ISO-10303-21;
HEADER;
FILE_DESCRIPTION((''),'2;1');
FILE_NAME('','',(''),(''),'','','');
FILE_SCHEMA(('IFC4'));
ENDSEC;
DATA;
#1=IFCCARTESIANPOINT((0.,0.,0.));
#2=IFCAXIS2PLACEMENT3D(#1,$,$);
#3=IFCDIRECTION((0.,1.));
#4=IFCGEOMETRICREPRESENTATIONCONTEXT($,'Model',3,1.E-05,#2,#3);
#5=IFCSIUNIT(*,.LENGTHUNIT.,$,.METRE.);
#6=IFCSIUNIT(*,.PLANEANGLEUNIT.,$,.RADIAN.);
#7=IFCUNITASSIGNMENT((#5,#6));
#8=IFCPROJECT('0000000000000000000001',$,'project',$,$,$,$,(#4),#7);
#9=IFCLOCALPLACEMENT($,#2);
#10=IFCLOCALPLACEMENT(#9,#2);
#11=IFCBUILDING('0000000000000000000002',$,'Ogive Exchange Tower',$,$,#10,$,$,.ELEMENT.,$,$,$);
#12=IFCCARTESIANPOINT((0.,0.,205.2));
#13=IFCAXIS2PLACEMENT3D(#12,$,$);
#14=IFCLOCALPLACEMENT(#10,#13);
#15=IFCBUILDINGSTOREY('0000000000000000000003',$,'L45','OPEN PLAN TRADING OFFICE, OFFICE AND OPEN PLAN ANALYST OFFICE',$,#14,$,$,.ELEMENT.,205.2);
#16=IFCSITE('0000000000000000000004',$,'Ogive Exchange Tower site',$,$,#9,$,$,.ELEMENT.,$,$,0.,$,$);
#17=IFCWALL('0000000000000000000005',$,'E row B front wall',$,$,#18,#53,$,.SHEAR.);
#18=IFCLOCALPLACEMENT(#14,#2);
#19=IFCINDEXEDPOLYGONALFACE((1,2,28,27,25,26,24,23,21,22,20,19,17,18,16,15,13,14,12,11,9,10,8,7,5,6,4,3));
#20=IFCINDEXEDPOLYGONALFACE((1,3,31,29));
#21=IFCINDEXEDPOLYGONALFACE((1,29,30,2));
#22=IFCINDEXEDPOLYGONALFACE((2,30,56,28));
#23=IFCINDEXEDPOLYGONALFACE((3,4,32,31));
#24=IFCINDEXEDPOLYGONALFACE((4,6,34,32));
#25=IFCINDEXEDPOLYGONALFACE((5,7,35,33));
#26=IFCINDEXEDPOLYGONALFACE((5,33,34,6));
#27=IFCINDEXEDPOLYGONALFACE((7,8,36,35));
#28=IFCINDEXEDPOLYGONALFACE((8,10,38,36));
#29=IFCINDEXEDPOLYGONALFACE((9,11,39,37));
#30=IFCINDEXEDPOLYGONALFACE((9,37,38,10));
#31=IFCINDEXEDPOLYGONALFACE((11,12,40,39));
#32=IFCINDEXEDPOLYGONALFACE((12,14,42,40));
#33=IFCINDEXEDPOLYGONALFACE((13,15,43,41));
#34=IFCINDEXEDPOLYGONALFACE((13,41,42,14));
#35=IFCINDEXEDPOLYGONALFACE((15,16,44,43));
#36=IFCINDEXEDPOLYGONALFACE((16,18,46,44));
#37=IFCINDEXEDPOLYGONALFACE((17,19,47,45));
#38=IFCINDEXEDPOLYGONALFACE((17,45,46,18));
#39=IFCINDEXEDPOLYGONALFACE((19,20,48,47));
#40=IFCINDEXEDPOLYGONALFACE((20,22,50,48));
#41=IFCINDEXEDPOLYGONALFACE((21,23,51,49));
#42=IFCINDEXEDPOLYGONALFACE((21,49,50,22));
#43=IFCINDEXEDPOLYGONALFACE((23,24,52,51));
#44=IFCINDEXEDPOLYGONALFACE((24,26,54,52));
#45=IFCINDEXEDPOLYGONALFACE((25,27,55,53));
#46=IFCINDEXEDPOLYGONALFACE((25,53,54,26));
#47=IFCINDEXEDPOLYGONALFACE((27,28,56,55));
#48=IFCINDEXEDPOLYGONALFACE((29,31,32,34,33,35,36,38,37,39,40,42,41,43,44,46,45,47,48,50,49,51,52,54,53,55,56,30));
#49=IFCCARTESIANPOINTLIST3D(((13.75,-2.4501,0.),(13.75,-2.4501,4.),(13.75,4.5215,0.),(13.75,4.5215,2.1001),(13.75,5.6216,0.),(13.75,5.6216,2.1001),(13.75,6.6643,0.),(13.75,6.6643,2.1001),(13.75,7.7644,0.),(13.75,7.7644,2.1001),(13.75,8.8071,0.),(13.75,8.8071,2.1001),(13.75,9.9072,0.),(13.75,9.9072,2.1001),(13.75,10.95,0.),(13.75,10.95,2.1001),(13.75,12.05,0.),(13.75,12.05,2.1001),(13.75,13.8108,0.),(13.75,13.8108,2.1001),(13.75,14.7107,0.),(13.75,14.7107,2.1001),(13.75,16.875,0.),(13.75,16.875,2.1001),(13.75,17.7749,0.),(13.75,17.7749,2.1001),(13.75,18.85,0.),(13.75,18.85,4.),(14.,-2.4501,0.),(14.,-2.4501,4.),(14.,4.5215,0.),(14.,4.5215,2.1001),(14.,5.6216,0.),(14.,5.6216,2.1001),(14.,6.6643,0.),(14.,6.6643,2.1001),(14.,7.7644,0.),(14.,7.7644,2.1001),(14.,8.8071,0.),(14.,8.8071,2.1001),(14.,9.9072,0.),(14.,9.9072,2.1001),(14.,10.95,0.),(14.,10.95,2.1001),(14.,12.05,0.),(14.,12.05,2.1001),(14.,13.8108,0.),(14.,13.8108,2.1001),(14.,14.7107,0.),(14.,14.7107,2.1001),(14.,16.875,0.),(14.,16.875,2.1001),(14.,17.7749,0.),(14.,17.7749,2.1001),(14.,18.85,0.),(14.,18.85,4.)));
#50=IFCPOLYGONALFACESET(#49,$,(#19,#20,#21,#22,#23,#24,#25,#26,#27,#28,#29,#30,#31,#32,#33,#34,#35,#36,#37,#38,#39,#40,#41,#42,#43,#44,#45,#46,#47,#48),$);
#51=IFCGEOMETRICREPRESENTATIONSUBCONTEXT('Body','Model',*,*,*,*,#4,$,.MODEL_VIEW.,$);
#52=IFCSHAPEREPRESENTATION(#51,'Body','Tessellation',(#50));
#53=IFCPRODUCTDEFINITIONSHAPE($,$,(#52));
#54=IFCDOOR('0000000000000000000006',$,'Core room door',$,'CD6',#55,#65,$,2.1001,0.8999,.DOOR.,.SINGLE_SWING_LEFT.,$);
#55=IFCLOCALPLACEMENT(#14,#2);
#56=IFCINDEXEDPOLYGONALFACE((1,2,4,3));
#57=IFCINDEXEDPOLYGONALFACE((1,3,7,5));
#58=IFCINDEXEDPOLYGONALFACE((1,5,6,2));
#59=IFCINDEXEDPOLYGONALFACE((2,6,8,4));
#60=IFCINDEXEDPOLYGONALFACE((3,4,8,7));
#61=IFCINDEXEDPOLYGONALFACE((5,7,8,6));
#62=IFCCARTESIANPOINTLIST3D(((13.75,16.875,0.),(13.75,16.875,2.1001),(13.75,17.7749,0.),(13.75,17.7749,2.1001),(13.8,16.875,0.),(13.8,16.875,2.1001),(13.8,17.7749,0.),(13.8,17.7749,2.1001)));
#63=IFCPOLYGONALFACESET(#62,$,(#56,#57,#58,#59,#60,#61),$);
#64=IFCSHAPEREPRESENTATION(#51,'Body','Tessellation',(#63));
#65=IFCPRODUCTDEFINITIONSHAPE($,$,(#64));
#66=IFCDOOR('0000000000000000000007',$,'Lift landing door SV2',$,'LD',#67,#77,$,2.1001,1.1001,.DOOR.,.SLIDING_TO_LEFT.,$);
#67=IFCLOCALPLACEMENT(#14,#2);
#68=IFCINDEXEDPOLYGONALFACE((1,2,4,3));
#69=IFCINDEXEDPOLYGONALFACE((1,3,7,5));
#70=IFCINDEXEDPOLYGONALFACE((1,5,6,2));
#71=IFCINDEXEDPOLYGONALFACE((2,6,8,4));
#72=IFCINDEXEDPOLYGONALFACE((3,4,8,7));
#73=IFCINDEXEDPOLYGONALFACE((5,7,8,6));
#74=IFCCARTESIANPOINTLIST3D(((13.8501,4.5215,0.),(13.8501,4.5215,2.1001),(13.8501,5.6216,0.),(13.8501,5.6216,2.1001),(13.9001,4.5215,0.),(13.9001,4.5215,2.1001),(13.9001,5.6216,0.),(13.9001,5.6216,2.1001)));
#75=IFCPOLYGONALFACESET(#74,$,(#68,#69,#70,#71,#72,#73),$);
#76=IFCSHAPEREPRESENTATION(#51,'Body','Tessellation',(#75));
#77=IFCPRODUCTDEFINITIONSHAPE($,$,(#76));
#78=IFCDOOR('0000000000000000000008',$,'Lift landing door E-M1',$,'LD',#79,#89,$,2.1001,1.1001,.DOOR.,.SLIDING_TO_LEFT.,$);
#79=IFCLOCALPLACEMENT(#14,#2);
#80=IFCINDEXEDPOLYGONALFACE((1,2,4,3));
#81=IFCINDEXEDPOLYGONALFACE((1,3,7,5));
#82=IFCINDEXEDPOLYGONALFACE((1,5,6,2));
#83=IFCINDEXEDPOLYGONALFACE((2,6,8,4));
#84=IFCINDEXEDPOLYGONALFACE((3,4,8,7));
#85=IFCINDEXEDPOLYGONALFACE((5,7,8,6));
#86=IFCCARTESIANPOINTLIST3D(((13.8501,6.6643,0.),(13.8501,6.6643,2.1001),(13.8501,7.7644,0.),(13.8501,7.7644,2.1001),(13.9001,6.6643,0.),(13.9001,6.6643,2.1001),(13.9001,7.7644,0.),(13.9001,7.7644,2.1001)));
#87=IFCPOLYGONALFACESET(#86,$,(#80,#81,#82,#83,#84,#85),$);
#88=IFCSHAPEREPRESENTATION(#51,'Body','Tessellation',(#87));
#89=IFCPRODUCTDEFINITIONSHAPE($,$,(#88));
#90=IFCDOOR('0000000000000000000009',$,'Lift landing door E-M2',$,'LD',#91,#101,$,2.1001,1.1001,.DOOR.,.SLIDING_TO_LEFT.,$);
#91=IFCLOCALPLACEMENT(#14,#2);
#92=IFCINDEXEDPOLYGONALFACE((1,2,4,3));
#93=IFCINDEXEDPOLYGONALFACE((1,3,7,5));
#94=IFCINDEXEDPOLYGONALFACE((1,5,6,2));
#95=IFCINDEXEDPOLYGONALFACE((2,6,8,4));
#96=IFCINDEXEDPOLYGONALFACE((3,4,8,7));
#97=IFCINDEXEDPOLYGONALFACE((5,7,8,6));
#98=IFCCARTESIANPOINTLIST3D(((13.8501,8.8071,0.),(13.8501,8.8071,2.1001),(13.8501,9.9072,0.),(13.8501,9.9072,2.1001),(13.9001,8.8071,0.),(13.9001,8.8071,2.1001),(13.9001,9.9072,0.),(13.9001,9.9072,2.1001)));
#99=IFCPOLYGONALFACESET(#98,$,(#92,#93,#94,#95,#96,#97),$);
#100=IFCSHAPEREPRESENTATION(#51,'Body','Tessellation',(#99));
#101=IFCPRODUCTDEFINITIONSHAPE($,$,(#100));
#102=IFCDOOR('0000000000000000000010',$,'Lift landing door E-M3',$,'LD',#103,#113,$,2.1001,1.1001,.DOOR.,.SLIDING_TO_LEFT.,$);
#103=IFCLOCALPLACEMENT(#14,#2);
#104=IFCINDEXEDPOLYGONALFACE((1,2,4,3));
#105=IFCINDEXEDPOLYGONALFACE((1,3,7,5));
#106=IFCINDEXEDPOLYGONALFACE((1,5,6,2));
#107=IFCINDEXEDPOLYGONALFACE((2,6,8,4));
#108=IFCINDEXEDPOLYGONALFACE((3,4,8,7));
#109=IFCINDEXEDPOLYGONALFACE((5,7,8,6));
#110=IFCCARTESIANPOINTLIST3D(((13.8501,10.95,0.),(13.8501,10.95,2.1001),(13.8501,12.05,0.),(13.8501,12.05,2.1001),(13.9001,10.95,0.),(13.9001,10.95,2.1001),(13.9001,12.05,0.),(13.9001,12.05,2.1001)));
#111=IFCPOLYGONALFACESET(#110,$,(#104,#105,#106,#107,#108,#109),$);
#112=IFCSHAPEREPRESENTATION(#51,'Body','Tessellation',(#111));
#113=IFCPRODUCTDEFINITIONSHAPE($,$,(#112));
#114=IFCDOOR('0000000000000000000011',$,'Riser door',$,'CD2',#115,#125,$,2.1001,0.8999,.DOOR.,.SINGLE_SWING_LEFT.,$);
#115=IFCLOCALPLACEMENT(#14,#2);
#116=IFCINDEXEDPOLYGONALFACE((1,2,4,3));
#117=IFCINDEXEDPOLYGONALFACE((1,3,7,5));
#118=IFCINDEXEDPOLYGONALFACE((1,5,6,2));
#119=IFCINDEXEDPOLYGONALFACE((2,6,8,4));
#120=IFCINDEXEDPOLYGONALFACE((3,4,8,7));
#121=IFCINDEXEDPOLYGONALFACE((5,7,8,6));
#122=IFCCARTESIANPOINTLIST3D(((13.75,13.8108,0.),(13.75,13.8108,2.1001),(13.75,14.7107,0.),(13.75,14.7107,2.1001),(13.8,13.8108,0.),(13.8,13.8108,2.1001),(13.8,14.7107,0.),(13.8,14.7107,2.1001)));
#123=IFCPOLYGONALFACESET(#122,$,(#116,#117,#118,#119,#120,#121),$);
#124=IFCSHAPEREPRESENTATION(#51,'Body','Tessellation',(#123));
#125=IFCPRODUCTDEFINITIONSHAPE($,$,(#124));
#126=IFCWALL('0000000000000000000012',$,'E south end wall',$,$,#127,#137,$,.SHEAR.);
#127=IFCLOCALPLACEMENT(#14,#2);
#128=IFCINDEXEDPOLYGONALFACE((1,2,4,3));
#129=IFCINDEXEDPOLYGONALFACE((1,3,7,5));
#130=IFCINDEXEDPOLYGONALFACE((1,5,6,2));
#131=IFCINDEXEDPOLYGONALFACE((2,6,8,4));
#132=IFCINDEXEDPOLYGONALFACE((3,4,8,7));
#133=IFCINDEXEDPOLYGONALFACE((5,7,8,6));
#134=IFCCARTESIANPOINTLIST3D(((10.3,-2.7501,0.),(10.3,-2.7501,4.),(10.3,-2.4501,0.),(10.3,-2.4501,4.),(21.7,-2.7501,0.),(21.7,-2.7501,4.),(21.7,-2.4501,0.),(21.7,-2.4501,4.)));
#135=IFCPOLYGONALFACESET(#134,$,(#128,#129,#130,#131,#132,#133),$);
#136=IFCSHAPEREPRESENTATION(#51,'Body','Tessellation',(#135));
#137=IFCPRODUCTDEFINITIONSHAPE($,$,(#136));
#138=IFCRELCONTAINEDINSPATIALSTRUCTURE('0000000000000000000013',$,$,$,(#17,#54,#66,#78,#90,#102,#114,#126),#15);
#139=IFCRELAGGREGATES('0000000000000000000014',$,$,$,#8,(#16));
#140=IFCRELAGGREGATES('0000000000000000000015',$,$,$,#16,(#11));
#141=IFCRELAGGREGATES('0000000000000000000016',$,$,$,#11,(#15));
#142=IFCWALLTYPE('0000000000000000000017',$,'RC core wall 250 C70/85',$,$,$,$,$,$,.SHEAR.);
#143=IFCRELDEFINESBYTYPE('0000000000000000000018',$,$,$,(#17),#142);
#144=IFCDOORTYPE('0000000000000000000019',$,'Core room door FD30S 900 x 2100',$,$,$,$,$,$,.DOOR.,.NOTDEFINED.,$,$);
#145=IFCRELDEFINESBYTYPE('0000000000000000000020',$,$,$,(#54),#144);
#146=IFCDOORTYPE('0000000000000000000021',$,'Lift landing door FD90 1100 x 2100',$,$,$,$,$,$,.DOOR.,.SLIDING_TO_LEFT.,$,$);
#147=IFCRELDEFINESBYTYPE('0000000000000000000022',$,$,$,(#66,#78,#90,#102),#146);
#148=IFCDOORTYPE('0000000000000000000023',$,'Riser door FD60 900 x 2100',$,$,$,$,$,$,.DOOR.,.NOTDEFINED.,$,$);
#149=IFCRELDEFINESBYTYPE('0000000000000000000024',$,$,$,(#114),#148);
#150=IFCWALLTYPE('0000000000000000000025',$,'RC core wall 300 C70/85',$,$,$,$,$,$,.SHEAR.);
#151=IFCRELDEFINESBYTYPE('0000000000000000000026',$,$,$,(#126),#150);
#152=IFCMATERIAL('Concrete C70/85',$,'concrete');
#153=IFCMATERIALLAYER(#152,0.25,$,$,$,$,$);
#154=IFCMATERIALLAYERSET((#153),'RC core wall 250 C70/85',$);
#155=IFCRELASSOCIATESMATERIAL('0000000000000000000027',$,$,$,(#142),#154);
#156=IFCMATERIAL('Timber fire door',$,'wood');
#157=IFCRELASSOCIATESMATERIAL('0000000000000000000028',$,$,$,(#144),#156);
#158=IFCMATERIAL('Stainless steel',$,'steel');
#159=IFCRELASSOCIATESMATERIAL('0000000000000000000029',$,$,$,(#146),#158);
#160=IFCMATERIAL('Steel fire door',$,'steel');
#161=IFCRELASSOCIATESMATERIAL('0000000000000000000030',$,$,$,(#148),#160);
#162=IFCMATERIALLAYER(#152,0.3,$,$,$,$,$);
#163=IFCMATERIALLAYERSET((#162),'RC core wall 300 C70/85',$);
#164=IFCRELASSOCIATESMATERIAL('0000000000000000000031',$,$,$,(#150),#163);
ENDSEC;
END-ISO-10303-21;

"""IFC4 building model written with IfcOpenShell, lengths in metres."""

from ifc_helpers import new_model, si_unit, direction, frame, frame_2d, origin, place, context, subcontext, project, spatial, rectangle, extrude, material, layer, layer_set, type_object, element, fill, save


model = new_model("IFC4")

# Units and contexts
model_context = context("Model", 3, precision=1e-05, world=origin(), true_north=direction((0.0, 1.0)))
body_context = subcontext(model_context, "Body", "Model", "MODEL_VIEW")
ifc_project = project(units=[si_unit("LENGTHUNIT", "METRE"), si_unit("PLANEANGLEUNIT", "RADIAN")], contexts=[model_context])

# Site, building, storey
site_placement = place(None, origin())
site = spatial("IfcSite", under=ifc_project, at=site_placement, Name="Ogive Exchange Tower site", CompositionType="ELEMENT", RefElevation=0.0)
building_placement = place(site_placement, origin())
building = spatial("IfcBuilding", under=site, at=building_placement, Name="Ogive Exchange Tower", CompositionType="ELEMENT")
storey_placement = place(building_placement, frame((0.0, 0.0, 205.2)))
storey = spatial("IfcBuildingStorey", under=building, at=storey_placement, Name="L45", Description="OPEN PLAN TRADING OFFICE, OFFICE AND OPEN PLAN ANALYST OFFICE", CompositionType="ELEMENT", Elevation=205.2)

# Shared definitions
ifc_material_1 = material(Name="Concrete C70/85", Category="concrete")
ifc_layer_1 = layer(ifc_material_1, 0.25)
ifc_layer_set_1 = layer_set([ifc_layer_1], Name="RC core wall 250 C70/85")
wall_type_1 = type_object("IfcWallType", Name="RC core wall 250 C70/85", PredefinedType="SHEAR", material=ifc_layer_set_1)
ifc_material_2 = material(Name="Steel fire door", Category="steel")

# Wall, openings, doors
wall_1_placement = place(storey_placement, frame((13.875, -2.45, 0.0), z_axis=(0.0, 0.0, 1.0), x_axis=(0.0, 1.0, 0.0)))
wall_1 = element("IfcWall", 1, at=wall_1_placement, inside=storey, type_object=wall_type_1, Name="E row B front wall", PredefinedType="SHEAR", context=body_context, shape_type="SweptSolid", body=[
    extrude(rectangle(XDim=21.3, YDim=0.25, at=frame_2d((10.6499, 0.0))), origin(), (0.0, 0.0, 1.0), 4.0),
])
opening_1_placement = place(wall_1_placement, frame((16.2607, 0.0, 0.0)))
opening_1 = element("IfcOpeningElement", 2, at=opening_1_placement, cuts=wall_1, PredefinedType="OPENING", context=body_context, shape_type="SweptSolid", body=[
    extrude(rectangle(XDim=0.8999, YDim=2.1001, at=frame_2d((0.45, 1.05))), frame((0.0, 0.135, 0.0), z_axis=(0.0, -1.0, 0.0), x_axis=(1.0, 0.0, 0.0)), (0.0, 0.0, 1.0), 0.27),
])
opening_2_placement = place(wall_1_placement, frame((19.325, 0.0, 0.0)))
opening_2 = element("IfcOpeningElement", 3, at=opening_2_placement, cuts=wall_1, PredefinedType="OPENING", context=body_context, shape_type="SweptSolid", body=[
    extrude(rectangle(XDim=0.8999, YDim=2.1001, at=frame_2d((0.45, 1.05))), frame((0.0, 0.135, 0.0), z_axis=(0.0, -1.0, 0.0), x_axis=(1.0, 0.0, 0.0)), (0.0, 0.0, 1.0), 0.27),
])
opening_3_placement = place(wall_1_placement, frame((6.9714, 0.0, 0.0)))
opening_3 = element("IfcOpeningElement", 4, at=opening_3_placement, cuts=wall_1, PredefinedType="OPENING", context=body_context, shape_type="SweptSolid", body=[
    extrude(rectangle(XDim=1.1001, YDim=2.1001, at=frame_2d((0.55, 1.05))), frame((0.0, 0.135, 0.0), z_axis=(0.0, -1.0, 0.0), x_axis=(1.0, 0.0, 0.0)), (0.0, 0.0, 1.0), 0.27),
])
opening_4_placement = place(wall_1_placement, frame((9.1143, 0.0, 0.0)))
opening_4 = element("IfcOpeningElement", 5, at=opening_4_placement, cuts=wall_1, PredefinedType="OPENING", context=body_context, shape_type="SweptSolid", body=[
    extrude(rectangle(XDim=1.1001, YDim=2.1001, at=frame_2d((0.55, 1.05))), frame((0.0, 0.135, 0.0), z_axis=(0.0, -1.0, 0.0), x_axis=(1.0, 0.0, 0.0)), (0.0, 0.0, 1.0), 0.27),
])
opening_5_placement = place(wall_1_placement, frame((11.2571, 0.0, 0.0)))
opening_5 = element("IfcOpeningElement", 6, at=opening_5_placement, cuts=wall_1, PredefinedType="OPENING", context=body_context, shape_type="SweptSolid", body=[
    extrude(rectangle(XDim=1.1001, YDim=2.1001, at=frame_2d((0.55, 1.05))), frame((0.0, 0.135, 0.0), z_axis=(0.0, -1.0, 0.0), x_axis=(1.0, 0.0, 0.0)), (0.0, 0.0, 1.0), 0.27),
])
opening_6_placement = place(wall_1_placement, frame((13.3999, 0.0, 0.0)))
opening_6 = element("IfcOpeningElement", 7, at=opening_6_placement, cuts=wall_1, PredefinedType="OPENING", context=body_context, shape_type="SweptSolid", body=[
    extrude(rectangle(XDim=1.1001, YDim=2.1001, at=frame_2d((0.55, 1.05))), frame((0.0, 0.135, 0.0), z_axis=(0.0, -1.0, 0.0), x_axis=(1.0, 0.0, 0.0)), (0.0, 0.0, 1.0), 0.27),
])
ifc_material_3 = material(Name="Timber fire door", Category="wood")
door_type_1 = type_object("IfcDoorType", Name="Core room door FD30S 900 x 2100", OperationType="NOTDEFINED", PredefinedType="DOOR", material=ifc_material_3)
door_1_placement = place(opening_2_placement, origin())
door_1 = element("IfcDoor", 8, at=door_1_placement, inside=storey, type_object=door_type_1, Name="Core room door", ObjectType="CD6", OperationType="SINGLE_SWING_LEFT", OverallHeight=2.1001, OverallWidth=0.8999, PredefinedType="DOOR", context=body_context, shape_type="SweptSolid", body=[
    extrude(rectangle(XDim=0.8999, YDim=2.1001, at=frame_2d((0.45, 1.05))), frame((0.0, 0.125, 0.0), z_axis=(0.0, -1.0, 0.0), x_axis=(1.0, 0.0, 0.0)), (0.0, 0.0, 1.0), 0.05),
])
fill(opening_2, door_1)
ifc_material_4 = material(Name="Stainless steel", Category="steel")
door_type_2 = type_object("IfcDoorType", Name="Lift landing door FD90 1100 x 2100", OperationType="SLIDING_TO_LEFT", PredefinedType="DOOR", material=ifc_material_4)
door_2_placement = place(opening_3_placement, origin())
door_2 = element("IfcDoor", 9, at=door_2_placement, inside=storey, type_object=door_type_2, Name="Lift landing door SV2", ObjectType="LD", OperationType="SLIDING_TO_LEFT", OverallHeight=2.1001, OverallWidth=1.1001, PredefinedType="DOOR", context=body_context, shape_type="SweptSolid", body=[
    extrude(rectangle(XDim=1.1001, YDim=2.1001, at=frame_2d((0.55, 1.05))), frame((0.0, 0.0249, 0.0), z_axis=(0.0, -1.0, 0.0), x_axis=(1.0, 0.0, 0.0)), (0.0, 0.0, 1.0), 0.05),
])
fill(opening_3, door_2)
door_3_placement = place(opening_4_placement, origin())
door_3 = element("IfcDoor", 10, at=door_3_placement, inside=storey, type_object=door_type_2, Name="Lift landing door E-M1", ObjectType="LD", OperationType="SLIDING_TO_LEFT", OverallHeight=2.1001, OverallWidth=1.1001, PredefinedType="DOOR", context=body_context, shape_type="SweptSolid", body=[
    extrude(rectangle(XDim=1.1001, YDim=2.1001, at=frame_2d((0.55, 1.05))), frame((0.0, 0.0249, 0.0), z_axis=(0.0, -1.0, 0.0), x_axis=(1.0, 0.0, 0.0)), (0.0, 0.0, 1.0), 0.05),
])
fill(opening_4, door_3)
door_4_placement = place(opening_5_placement, origin())
door_4 = element("IfcDoor", 11, at=door_4_placement, inside=storey, type_object=door_type_2, Name="Lift landing door E-M2", ObjectType="LD", OperationType="SLIDING_TO_LEFT", OverallHeight=2.1001, OverallWidth=1.1001, PredefinedType="DOOR", context=body_context, shape_type="SweptSolid", body=[
    extrude(rectangle(XDim=1.1001, YDim=2.1001, at=frame_2d((0.55, 1.05))), frame((0.0, 0.0249, 0.0), z_axis=(0.0, -1.0, 0.0), x_axis=(1.0, 0.0, 0.0)), (0.0, 0.0, 1.0), 0.05),
])
fill(opening_5, door_4)
door_5_placement = place(opening_6_placement, origin())
door_5 = element("IfcDoor", 12, at=door_5_placement, inside=storey, type_object=door_type_2, Name="Lift landing door E-M3", ObjectType="LD", OperationType="SLIDING_TO_LEFT", OverallHeight=2.1001, OverallWidth=1.1001, PredefinedType="DOOR", context=body_context, shape_type="SweptSolid", body=[
    extrude(rectangle(XDim=1.1001, YDim=2.1001, at=frame_2d((0.55, 1.05))), frame((0.0, 0.0249, 0.0), z_axis=(0.0, -1.0, 0.0), x_axis=(1.0, 0.0, 0.0)), (0.0, 0.0, 1.0), 0.05),
])
fill(opening_6, door_5)
door_type_3 = type_object("IfcDoorType", Name="Riser door FD60 900 x 2100", OperationType="NOTDEFINED", PredefinedType="DOOR", material=ifc_material_2)
door_6_placement = place(opening_1_placement, origin())
door_6 = element("IfcDoor", 13, at=door_6_placement, inside=storey, type_object=door_type_3, Name="Riser door", ObjectType="CD2", OperationType="SINGLE_SWING_LEFT", OverallHeight=2.1001, OverallWidth=0.8999, PredefinedType="DOOR", context=body_context, shape_type="SweptSolid", body=[
    extrude(rectangle(XDim=0.8999, YDim=2.1001, at=frame_2d((0.45, 1.05))), frame((0.0, 0.125, 0.0), z_axis=(0.0, -1.0, 0.0), x_axis=(1.0, 0.0, 0.0)), (0.0, 0.0, 1.0), 0.05),
])
fill(opening_1, door_6)

# Wall
ifc_layer_2 = layer(ifc_material_1, 0.3)
ifc_layer_set_2 = layer_set([ifc_layer_2], Name="RC core wall 300 C70/85")
wall_type_2 = type_object("IfcWallType", Name="RC core wall 300 C70/85", PredefinedType="SHEAR", material=ifc_layer_set_2)
wall_2_placement = place(storey_placement, frame((10.3, -2.6001, 0.0), z_axis=(0.0, 0.0, 1.0), x_axis=(1.0, 0.0, 0.0)))
element("IfcWall", 14, at=wall_2_placement, inside=storey, type_object=wall_type_2, Name="E south end wall", PredefinedType="SHEAR", context=body_context, shape_type="SweptSolid", body=[
    extrude(rectangle(XDim=11.3999, YDim=0.3, at=frame_2d((5.7, 0.0))), origin(), (0.0, 0.0, 1.0), 4.0),
])

save(model, "model.ifc")
